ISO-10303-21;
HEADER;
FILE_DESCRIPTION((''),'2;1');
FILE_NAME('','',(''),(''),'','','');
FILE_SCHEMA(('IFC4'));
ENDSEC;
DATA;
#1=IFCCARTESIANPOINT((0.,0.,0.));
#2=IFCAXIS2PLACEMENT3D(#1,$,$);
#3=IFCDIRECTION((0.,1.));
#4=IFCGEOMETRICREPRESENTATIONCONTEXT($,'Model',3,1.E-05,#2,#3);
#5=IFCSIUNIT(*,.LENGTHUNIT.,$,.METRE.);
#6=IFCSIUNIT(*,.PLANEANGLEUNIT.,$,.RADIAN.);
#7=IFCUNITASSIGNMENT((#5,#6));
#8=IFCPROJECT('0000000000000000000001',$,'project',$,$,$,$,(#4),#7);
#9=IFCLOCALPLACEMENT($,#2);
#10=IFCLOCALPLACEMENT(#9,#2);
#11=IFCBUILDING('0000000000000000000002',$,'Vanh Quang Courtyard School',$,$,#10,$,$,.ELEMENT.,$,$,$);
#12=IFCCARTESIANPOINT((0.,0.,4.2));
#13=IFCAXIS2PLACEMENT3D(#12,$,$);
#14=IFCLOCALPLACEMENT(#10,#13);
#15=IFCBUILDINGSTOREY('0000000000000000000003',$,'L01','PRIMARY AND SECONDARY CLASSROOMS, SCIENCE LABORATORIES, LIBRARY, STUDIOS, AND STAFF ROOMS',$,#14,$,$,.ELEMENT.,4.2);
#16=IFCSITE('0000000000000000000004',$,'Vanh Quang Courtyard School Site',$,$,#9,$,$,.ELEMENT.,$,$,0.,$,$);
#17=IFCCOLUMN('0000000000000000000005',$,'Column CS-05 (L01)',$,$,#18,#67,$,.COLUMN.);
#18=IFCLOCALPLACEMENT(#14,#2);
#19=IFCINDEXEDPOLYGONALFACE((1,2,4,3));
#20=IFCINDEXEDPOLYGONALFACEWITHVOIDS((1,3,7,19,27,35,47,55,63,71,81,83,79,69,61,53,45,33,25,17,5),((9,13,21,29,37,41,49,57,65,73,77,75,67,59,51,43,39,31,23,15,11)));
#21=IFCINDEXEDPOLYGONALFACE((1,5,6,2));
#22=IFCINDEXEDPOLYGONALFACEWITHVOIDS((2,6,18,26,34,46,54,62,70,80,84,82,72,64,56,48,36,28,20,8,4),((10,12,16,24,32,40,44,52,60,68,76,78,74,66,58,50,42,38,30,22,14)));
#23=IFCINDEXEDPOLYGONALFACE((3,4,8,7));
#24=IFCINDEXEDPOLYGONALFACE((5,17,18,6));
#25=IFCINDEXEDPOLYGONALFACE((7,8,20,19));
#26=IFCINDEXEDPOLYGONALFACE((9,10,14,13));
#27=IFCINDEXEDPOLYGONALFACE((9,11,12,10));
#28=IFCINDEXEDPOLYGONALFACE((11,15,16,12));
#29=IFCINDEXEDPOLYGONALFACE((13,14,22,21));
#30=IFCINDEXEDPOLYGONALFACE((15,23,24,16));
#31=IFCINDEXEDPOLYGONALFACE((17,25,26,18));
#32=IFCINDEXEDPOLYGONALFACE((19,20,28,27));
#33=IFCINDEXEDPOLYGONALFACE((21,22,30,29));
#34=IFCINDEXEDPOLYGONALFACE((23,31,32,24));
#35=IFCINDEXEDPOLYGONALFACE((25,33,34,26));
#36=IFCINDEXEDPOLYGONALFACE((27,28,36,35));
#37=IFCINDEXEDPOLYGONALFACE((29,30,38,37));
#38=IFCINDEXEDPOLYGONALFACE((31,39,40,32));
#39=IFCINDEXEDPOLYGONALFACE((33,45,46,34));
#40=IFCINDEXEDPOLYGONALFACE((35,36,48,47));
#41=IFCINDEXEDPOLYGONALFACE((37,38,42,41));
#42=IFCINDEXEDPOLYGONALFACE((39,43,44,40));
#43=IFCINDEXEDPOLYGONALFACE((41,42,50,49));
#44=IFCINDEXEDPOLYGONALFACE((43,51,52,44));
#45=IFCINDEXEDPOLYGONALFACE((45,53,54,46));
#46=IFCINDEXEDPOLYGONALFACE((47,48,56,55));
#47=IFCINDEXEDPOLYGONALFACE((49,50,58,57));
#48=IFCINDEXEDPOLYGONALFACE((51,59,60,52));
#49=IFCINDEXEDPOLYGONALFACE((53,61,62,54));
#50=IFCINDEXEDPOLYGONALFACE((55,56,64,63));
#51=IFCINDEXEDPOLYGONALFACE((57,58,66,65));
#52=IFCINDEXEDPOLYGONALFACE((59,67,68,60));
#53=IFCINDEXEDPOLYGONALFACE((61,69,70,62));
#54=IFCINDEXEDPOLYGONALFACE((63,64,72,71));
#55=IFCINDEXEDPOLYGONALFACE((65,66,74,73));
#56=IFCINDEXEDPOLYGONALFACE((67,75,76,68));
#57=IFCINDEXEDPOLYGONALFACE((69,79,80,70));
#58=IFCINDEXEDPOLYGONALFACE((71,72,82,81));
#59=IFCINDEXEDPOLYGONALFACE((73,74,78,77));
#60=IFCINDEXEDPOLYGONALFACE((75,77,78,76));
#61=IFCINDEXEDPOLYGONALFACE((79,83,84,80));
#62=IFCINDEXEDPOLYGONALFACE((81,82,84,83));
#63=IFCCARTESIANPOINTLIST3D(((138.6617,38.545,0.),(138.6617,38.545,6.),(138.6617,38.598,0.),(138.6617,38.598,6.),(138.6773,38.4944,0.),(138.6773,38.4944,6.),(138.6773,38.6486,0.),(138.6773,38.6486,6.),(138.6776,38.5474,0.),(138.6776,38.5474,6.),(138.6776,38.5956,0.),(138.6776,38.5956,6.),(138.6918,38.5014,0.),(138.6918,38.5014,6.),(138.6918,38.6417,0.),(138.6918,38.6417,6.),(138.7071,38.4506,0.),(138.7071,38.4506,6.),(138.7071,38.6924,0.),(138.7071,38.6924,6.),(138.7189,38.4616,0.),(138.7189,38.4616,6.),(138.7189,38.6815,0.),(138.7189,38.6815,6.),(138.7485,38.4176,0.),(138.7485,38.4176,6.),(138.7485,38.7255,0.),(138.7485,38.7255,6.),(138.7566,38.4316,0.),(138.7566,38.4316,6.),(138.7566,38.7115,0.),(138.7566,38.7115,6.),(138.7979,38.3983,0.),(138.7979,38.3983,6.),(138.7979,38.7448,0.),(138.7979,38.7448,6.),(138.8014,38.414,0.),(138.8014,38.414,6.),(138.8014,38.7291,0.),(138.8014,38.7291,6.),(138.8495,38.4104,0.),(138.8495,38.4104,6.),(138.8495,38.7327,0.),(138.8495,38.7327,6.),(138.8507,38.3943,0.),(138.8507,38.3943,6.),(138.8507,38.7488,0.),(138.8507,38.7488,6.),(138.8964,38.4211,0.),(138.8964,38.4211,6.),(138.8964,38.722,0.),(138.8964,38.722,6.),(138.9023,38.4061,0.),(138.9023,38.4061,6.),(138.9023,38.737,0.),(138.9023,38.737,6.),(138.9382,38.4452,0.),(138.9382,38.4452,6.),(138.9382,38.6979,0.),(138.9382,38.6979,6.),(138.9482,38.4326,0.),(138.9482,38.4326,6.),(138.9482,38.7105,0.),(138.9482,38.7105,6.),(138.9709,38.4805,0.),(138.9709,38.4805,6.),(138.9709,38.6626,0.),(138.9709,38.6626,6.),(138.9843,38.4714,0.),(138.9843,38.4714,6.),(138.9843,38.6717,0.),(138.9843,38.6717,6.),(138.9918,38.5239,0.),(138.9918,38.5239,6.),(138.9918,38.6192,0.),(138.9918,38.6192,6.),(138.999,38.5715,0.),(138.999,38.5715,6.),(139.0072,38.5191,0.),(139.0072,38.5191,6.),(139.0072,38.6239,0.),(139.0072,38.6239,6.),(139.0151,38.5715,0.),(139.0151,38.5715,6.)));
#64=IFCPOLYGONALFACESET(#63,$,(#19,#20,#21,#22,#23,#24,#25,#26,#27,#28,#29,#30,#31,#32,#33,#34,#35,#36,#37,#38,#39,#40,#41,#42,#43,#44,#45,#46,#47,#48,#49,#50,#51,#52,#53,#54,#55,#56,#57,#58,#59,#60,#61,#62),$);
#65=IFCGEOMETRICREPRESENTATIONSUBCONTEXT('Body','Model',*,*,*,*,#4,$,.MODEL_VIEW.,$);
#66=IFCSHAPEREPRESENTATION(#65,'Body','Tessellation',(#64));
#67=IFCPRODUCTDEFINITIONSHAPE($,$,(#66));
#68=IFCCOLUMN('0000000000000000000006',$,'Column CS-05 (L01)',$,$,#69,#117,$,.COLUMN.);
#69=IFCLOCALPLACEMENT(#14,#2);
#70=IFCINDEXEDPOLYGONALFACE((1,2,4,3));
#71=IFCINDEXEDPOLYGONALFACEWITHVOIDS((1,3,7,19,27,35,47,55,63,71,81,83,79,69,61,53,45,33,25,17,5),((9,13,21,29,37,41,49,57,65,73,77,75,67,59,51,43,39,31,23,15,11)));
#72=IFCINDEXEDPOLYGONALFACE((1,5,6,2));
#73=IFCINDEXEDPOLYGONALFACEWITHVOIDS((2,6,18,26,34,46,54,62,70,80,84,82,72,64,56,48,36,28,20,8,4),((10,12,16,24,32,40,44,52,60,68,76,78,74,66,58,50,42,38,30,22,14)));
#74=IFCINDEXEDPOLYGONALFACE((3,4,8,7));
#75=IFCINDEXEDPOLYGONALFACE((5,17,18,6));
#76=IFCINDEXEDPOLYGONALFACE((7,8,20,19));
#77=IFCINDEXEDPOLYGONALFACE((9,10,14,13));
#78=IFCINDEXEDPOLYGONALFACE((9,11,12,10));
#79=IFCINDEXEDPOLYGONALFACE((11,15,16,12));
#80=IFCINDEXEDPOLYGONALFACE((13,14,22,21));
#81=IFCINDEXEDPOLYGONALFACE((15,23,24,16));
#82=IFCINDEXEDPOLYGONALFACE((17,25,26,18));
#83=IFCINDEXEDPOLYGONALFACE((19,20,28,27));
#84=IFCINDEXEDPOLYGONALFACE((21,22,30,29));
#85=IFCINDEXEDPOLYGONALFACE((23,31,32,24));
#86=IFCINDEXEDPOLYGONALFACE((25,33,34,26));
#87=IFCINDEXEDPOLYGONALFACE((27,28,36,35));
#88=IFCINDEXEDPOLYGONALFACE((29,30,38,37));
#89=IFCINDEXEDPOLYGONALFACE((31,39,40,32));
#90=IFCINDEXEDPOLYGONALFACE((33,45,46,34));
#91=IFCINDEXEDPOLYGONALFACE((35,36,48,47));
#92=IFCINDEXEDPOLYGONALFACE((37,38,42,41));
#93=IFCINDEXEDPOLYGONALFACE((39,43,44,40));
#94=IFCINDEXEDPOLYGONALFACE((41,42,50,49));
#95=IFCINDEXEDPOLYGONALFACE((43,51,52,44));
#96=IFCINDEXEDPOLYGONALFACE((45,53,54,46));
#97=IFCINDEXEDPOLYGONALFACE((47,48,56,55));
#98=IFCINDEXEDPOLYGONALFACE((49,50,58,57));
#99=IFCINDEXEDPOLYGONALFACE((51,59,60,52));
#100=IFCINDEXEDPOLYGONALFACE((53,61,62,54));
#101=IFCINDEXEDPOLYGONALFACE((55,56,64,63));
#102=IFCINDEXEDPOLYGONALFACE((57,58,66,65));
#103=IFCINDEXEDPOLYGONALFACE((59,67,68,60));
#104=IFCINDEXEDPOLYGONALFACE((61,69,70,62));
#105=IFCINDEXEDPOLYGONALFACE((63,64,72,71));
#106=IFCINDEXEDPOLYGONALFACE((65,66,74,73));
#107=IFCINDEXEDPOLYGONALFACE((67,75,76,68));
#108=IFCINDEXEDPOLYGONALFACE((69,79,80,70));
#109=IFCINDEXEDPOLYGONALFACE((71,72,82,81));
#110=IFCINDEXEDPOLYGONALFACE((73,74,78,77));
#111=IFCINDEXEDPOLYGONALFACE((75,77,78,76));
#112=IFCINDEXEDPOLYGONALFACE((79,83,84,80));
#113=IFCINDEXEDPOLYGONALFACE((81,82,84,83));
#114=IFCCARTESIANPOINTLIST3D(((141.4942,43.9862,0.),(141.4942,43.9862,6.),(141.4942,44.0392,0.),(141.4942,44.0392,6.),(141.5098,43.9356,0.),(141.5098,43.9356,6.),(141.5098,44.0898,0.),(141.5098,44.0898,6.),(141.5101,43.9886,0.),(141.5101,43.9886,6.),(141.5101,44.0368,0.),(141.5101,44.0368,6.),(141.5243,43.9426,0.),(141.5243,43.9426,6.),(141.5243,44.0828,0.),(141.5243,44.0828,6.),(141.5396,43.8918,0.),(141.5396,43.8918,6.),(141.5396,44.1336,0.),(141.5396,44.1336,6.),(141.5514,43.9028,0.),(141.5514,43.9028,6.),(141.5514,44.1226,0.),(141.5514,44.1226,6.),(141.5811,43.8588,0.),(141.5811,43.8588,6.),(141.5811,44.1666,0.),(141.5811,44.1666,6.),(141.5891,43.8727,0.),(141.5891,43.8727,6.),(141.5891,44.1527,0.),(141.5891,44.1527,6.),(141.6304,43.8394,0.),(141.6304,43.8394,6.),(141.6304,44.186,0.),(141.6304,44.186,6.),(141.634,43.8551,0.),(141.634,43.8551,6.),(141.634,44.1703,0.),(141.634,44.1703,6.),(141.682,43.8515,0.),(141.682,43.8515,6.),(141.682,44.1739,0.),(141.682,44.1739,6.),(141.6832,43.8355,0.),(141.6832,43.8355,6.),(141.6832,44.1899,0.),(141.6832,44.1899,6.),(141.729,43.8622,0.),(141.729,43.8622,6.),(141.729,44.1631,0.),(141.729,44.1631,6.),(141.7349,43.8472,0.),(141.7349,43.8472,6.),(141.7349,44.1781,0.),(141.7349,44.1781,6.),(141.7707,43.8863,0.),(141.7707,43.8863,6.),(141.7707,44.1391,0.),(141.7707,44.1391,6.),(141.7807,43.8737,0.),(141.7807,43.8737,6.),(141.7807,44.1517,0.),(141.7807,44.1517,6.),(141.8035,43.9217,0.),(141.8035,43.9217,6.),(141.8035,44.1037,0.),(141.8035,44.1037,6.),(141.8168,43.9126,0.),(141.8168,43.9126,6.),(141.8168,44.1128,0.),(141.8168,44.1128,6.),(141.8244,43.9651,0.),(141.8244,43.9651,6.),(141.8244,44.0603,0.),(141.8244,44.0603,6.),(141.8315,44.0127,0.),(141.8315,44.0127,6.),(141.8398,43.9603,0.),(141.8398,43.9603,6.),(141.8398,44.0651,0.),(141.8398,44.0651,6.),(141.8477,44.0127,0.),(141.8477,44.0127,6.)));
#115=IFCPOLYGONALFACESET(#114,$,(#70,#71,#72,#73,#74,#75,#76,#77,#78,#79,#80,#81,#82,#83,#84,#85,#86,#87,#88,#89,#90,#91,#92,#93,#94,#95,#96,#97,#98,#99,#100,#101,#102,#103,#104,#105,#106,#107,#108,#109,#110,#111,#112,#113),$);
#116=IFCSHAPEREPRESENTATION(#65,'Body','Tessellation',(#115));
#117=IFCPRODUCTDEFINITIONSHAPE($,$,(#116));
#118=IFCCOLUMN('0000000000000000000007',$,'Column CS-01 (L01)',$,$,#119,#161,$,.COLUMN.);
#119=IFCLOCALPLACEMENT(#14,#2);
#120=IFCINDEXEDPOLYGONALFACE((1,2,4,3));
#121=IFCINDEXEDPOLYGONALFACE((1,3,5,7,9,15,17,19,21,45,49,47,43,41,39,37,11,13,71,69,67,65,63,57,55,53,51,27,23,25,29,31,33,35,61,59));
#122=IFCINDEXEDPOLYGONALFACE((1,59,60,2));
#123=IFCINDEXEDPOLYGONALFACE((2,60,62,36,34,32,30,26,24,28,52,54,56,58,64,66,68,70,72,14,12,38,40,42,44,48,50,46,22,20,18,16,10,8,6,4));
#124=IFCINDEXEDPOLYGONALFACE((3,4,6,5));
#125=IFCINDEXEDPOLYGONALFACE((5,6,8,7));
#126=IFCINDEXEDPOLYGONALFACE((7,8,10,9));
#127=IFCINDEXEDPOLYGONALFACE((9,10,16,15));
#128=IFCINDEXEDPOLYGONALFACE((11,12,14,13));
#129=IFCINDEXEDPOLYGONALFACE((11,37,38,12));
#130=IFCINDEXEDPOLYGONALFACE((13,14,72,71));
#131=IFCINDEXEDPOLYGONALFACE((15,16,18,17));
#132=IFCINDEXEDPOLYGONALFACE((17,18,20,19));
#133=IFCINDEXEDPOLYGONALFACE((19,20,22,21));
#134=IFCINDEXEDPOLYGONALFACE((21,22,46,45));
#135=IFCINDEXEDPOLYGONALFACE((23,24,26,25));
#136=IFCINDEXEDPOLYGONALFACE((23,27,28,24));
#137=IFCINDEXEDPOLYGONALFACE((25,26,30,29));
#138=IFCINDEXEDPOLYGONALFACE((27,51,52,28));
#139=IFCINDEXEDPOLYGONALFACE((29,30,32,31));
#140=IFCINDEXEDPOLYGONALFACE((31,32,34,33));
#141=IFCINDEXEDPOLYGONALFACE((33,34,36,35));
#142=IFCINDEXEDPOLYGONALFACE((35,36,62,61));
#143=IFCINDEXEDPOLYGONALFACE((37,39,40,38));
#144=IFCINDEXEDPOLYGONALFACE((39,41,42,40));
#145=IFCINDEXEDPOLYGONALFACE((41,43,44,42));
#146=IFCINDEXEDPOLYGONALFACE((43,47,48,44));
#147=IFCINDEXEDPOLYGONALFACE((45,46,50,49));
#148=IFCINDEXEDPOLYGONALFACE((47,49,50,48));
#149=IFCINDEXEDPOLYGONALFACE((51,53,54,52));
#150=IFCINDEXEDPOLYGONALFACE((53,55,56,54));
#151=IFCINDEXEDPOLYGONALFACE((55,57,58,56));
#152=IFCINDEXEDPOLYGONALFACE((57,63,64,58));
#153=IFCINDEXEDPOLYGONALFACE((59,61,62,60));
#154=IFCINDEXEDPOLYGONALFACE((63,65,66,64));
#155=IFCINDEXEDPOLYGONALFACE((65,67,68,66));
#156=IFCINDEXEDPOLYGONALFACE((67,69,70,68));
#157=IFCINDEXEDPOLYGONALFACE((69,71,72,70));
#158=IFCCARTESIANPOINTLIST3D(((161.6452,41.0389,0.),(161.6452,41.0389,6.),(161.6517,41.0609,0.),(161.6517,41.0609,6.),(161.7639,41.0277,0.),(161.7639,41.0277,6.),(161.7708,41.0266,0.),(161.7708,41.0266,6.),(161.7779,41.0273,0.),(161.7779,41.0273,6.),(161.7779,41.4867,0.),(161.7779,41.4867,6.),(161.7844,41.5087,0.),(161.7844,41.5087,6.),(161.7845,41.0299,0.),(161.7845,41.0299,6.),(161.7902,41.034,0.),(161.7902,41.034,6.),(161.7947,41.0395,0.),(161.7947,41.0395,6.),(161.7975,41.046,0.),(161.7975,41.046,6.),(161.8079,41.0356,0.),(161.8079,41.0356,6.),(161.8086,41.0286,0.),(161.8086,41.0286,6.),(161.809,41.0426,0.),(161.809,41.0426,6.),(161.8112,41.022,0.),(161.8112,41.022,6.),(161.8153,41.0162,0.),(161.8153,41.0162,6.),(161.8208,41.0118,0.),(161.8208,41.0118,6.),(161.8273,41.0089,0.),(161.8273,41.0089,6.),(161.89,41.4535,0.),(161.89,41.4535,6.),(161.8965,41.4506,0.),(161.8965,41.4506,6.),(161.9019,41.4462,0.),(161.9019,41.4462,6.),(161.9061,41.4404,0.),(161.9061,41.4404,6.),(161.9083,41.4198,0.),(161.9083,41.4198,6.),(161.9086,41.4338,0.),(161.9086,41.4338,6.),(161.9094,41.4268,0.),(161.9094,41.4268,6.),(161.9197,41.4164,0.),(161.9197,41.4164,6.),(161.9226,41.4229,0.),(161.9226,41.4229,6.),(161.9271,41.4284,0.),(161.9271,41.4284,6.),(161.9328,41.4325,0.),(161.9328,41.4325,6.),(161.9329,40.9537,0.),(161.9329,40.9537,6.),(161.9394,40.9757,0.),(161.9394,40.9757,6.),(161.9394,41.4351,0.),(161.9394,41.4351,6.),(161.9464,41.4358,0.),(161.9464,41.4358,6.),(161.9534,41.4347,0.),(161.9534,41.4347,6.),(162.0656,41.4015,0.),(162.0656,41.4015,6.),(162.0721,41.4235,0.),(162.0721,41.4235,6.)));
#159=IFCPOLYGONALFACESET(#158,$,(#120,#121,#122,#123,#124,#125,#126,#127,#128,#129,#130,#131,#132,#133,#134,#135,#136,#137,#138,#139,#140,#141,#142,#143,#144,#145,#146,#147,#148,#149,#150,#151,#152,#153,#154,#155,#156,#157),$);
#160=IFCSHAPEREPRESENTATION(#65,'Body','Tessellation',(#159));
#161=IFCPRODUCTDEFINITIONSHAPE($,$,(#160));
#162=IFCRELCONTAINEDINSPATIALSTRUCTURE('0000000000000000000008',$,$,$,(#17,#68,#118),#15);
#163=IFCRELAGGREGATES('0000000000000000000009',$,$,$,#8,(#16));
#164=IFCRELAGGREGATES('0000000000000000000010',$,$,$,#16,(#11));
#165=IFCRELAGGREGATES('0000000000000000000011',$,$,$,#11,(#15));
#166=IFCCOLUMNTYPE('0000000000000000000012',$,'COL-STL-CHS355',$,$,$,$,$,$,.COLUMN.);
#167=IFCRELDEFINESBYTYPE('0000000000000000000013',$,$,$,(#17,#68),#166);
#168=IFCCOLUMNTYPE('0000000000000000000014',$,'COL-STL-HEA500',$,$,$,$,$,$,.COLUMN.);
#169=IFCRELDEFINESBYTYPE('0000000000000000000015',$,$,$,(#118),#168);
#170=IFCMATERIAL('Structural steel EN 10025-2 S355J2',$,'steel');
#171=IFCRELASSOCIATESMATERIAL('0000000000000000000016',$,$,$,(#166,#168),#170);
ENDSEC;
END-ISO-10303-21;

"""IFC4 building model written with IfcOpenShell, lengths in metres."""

from ifc_helpers import new_model, si_unit, direction, frame, origin, origin_2d, place, context, subcontext, project, spatial, hollow_circle, i_section, extrude, material, material_profile, profile_set, type_object, element, save


model = new_model("IFC4")

# Units and contexts
model_context = context("Model", 3, precision=1e-05, world=origin(), true_north=direction((0.0, 1.0)))
body_context = subcontext(model_context, "Body", "Model", "MODEL_VIEW")
ifc_project = project(units=[si_unit("LENGTHUNIT", "METRE"), si_unit("PLANEANGLEUNIT", "RADIAN")], contexts=[model_context])

# Site, building, storey
site_placement = place(None, origin())
site = spatial("IfcSite", under=ifc_project, at=site_placement, Name="Vanh Quang Courtyard School Site", CompositionType="ELEMENT", RefElevation=0.0)
building_placement = place(site_placement, origin())
building = spatial("IfcBuilding", under=site, at=building_placement, Name="Vanh Quang Courtyard School", CompositionType="ELEMENT")
storey_placement = place(building_placement, frame((0.0, 0.0, 4.2)))
storey = spatial("IfcBuildingStorey", under=building, at=storey_placement, Name="L01", Description="PRIMARY AND SECONDARY CLASSROOMS, SCIENCE LABORATORIES, LIBRARY, STUDIOS, AND STAFF ROOMS", CompositionType="ELEMENT", Elevation=4.2)

# Columns
ifc_material_1 = material(Name="Structural steel EN 10025-2 S355J2", Category="steel")
ifc_material_profile_1 = material_profile(ifc_material_1, hollow_circle(Radius=0.1777, WallThickness=0.0161, at=origin_2d()), Name="CHS 355.6x16")
ifc_profile_set_1 = profile_set([ifc_material_profile_1], Name="Structural steel EN 10025-2 S355J2")
column_type_1 = type_object("IfcColumnType", Name="COL-STL-CHS355", PredefinedType="COLUMN", material=ifc_profile_set_1)
for number, where, z_axis, x_axis, name in (
    (1, (138.8374, 38.5715, 0.0), (0.0, 0.0, 1.0), (1.0, 0.0, 0.0), "Column CS-05 (L01)"),
    (2, (141.6699, 44.0127, 0.0), (0.0, 0.0, 1.0), (1.0, 0.0, 0.0), "Column CS-05 (L01)"),
):
    element("IfcColumn", number, at=place(storey_placement, frame(where, z_axis=z_axis, x_axis=x_axis)), inside=storey, type_object=column_type_1, Name=name, PredefinedType="COLUMN", context=body_context, shape_type="SweptSolid", body=[
        extrude(hollow_circle(Radius=0.1777, WallThickness=0.0161, at=origin_2d()), origin(), (0.0, 0.0, 1.0), 6.0),
    ])
ifc_material_profile_2 = material_profile(ifc_material_1, i_section(OverallWidth=0.3, OverallDepth=0.49, WebThickness=0.012, FlangeThickness=0.0229, FilletRadius=0.0271, at=origin_2d()), Name="HEA 500")
ifc_profile_set_2 = profile_set([ifc_material_profile_2], Name="Structural steel EN 10025-2 S355J2")
column_type_2 = type_object("IfcColumnType", Name="COL-STL-HEA500", PredefinedType="COLUMN", material=ifc_profile_set_2)
column_1_placement = place(storey_placement, frame((161.8586, 41.2312, 0.0), z_axis=(0.0, 0.0, 1.0), x_axis=(0.95882, -0.284015, 0.0)))
element("IfcColumn", 3, at=column_1_placement, inside=storey, type_object=column_type_2, Name="Column CS-01 (L01)", PredefinedType="COLUMN", context=body_context, shape_type="SweptSolid", body=[
    extrude(i_section(OverallWidth=0.3, OverallDepth=0.49, WebThickness=0.012, FlangeThickness=0.0229, FilletRadius=0.0271, at=origin_2d()), origin(), (0.0, 0.0, 1.0), 6.0),
])

save(model, "model.ifc")
